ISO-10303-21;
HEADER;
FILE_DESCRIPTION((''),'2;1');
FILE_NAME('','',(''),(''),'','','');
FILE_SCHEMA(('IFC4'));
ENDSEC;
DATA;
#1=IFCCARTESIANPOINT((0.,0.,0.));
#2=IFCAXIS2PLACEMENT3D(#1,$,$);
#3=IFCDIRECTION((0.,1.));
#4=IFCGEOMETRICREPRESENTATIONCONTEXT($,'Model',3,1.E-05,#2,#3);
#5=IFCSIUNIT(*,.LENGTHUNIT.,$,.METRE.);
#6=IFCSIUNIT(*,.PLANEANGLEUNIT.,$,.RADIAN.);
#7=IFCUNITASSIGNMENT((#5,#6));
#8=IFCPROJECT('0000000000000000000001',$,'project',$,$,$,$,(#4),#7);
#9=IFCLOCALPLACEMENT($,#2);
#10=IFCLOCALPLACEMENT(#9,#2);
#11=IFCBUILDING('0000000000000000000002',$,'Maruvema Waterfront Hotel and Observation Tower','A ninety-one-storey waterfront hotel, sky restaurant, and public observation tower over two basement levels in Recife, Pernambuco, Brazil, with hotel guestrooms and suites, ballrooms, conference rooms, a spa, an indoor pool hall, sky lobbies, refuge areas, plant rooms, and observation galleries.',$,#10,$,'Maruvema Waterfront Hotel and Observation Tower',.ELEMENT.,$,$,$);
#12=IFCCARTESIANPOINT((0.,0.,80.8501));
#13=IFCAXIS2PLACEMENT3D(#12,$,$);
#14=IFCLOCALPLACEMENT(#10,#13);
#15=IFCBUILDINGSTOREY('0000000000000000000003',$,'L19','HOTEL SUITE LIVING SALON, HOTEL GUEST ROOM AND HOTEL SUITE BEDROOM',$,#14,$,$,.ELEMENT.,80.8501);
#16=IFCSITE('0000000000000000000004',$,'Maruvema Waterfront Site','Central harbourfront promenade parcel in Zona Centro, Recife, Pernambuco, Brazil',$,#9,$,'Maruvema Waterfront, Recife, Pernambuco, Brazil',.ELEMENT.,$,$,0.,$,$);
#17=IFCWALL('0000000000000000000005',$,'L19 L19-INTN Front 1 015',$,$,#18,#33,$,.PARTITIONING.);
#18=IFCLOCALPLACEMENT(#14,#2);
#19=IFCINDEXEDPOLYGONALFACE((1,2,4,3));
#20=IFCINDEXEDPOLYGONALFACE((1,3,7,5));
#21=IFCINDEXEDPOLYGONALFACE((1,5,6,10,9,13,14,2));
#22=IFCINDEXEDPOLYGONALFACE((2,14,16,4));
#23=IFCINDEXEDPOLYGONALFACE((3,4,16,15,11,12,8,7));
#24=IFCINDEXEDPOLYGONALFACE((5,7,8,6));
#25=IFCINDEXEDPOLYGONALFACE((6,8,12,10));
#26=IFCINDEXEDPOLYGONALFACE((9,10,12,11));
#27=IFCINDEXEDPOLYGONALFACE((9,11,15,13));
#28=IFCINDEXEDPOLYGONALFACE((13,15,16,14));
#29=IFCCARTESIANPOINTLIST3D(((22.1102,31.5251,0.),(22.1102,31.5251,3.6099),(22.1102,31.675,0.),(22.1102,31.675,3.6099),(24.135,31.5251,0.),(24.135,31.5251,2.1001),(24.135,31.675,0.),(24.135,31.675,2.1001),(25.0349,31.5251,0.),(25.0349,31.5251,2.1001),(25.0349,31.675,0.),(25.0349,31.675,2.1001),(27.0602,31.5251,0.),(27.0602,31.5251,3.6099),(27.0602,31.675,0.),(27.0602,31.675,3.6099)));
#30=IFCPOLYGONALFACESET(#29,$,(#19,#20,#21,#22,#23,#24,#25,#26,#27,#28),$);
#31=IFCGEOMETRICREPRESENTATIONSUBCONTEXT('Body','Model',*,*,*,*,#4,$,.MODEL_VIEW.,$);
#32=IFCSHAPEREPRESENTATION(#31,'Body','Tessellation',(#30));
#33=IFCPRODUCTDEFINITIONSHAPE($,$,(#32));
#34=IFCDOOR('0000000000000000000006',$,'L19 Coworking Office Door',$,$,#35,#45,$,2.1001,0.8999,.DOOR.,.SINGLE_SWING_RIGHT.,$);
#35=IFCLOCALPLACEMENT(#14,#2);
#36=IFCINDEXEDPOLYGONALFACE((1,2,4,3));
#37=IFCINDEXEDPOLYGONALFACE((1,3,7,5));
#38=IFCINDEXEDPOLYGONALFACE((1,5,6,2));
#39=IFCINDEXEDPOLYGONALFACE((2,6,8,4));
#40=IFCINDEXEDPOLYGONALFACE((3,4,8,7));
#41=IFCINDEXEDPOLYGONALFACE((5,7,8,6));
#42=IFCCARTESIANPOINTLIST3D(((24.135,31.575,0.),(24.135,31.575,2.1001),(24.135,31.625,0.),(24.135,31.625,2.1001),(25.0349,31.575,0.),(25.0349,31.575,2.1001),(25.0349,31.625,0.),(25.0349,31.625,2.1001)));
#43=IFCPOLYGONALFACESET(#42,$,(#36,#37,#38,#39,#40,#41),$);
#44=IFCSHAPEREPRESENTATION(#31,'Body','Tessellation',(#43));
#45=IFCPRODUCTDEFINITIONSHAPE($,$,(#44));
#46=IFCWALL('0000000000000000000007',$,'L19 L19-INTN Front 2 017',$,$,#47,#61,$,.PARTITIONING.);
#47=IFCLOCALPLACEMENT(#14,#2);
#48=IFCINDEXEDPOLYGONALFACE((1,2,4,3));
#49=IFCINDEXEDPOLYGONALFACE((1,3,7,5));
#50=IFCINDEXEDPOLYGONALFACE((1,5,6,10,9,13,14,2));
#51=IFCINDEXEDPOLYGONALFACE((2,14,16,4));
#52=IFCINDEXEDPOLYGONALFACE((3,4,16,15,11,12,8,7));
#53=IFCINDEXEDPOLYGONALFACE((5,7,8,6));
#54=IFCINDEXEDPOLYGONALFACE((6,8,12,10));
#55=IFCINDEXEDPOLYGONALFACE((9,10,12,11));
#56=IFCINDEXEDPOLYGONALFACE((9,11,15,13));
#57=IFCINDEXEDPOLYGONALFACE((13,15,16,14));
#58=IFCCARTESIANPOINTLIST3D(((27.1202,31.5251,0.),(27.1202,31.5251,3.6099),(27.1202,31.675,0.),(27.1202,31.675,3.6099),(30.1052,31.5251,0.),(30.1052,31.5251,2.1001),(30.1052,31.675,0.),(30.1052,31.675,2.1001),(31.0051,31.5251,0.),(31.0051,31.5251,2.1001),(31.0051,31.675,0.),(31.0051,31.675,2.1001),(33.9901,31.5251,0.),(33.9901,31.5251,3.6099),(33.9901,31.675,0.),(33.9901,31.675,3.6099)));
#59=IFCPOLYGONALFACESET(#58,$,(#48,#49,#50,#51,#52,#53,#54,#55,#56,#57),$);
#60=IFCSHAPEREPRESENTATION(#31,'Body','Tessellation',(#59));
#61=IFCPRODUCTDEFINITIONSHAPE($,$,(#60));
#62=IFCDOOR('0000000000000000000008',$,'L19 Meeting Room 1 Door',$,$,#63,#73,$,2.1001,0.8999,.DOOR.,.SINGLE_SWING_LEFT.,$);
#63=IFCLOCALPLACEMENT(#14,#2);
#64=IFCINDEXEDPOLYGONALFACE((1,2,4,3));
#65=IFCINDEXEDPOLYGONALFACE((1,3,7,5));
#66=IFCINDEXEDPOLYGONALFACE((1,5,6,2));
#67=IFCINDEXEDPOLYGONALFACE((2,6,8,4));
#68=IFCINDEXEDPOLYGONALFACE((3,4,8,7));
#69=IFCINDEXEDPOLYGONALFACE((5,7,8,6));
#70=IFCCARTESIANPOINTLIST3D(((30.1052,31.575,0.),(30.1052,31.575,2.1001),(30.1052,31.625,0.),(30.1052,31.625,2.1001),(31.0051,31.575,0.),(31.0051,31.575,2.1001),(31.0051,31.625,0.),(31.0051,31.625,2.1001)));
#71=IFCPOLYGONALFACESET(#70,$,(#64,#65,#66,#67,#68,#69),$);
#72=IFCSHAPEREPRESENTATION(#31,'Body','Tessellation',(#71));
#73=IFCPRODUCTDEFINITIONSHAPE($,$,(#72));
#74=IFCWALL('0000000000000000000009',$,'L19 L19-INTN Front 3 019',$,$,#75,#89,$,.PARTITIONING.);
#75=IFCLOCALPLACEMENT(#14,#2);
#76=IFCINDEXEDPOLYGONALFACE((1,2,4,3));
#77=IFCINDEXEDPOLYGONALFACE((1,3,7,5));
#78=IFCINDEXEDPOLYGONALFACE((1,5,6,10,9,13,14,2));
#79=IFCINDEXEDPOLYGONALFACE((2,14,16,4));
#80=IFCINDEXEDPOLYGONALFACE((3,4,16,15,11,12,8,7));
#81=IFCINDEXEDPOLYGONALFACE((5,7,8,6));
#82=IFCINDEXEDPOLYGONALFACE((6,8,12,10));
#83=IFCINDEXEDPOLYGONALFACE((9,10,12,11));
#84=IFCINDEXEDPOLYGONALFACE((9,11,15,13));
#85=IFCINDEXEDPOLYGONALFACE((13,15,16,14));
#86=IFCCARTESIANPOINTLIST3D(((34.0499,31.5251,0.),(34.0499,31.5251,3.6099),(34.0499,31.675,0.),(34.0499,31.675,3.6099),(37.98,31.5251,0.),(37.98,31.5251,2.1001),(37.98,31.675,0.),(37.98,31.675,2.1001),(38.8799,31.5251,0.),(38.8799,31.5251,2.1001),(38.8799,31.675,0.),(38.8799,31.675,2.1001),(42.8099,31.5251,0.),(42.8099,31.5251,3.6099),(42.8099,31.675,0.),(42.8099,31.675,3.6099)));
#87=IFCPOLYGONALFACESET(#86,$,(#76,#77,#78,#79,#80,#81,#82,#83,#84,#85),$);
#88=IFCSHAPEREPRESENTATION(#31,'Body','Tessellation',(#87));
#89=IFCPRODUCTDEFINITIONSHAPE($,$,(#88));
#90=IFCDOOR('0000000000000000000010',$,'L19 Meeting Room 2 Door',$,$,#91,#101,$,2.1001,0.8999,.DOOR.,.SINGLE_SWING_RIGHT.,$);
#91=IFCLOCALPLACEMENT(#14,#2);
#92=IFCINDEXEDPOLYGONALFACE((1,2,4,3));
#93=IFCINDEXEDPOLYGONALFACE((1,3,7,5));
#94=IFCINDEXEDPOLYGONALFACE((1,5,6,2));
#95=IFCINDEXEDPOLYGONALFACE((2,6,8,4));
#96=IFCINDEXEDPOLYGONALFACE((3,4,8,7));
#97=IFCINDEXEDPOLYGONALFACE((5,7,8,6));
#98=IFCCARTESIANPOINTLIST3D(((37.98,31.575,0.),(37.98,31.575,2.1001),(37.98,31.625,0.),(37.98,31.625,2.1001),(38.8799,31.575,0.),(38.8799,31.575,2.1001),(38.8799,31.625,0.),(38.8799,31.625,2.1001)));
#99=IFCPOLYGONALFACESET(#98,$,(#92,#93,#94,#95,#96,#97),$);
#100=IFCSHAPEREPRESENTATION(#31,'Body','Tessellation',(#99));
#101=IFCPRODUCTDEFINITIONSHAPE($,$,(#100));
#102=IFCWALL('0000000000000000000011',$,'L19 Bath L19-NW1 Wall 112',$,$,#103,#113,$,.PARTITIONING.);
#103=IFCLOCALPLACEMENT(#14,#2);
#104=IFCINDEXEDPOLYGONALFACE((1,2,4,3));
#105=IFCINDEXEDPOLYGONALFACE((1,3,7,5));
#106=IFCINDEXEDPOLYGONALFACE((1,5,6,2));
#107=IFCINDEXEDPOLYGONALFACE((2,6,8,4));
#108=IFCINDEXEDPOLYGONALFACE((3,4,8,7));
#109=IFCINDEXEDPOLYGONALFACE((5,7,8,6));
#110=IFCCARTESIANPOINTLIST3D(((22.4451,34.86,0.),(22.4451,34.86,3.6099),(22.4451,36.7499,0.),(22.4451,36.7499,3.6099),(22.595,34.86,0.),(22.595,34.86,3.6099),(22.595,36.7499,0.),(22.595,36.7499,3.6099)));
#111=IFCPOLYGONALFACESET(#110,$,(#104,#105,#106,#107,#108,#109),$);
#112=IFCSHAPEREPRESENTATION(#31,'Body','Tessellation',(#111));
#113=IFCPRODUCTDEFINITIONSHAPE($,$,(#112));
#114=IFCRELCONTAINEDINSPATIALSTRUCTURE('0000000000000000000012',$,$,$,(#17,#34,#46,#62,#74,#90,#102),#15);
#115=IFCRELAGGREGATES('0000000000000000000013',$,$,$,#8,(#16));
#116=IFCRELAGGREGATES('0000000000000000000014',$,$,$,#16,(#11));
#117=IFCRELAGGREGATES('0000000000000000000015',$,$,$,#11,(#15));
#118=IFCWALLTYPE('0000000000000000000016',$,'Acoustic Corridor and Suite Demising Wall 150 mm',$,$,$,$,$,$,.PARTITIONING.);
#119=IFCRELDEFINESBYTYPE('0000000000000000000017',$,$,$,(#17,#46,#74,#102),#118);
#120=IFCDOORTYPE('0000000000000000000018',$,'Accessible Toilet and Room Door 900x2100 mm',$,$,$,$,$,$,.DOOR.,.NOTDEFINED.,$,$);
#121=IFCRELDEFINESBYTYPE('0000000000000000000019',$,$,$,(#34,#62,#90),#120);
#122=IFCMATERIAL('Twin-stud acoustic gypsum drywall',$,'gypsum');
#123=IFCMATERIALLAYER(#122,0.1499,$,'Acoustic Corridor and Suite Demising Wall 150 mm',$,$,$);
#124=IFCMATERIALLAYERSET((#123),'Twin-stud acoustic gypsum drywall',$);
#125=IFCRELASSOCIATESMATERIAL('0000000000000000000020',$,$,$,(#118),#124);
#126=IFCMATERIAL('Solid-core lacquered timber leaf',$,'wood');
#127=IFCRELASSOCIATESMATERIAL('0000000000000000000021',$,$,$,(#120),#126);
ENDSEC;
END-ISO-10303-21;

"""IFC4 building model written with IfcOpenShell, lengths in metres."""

from ifc_helpers import new_model, si_unit, direction, frame, frame_2d, origin, place, context, subcontext, project, spatial, rectangle, extrude, material, layer, layer_set, type_object, element, fill, save


model = new_model("IFC4")

# Units and contexts
model_context = context("Model", 3, precision=1e-05, world=origin(), true_north=direction((0.0, 1.0)))
body_context = subcontext(model_context, "Body", "Model", "MODEL_VIEW")
ifc_project = project(units=[si_unit("LENGTHUNIT", "METRE"), si_unit("PLANEANGLEUNIT", "RADIAN")], contexts=[model_context])

# Site, building, storey
site_placement = place(None, origin())
site = spatial("IfcSite", under=ifc_project, at=site_placement, Name="Maruvema Waterfront Site", Description="Central harbourfront promenade parcel in Zona Centro, Recife, Pernambuco, Brazil", LongName="Maruvema Waterfront, Recife, Pernambuco, Brazil", CompositionType="ELEMENT", RefElevation=0.0)
building_placement = place(site_placement, origin())
building = spatial("IfcBuilding", under=site, at=building_placement, Name="Maruvema Waterfront Hotel and Observation Tower", Description="A ninety-one-storey waterfront hotel, sky restaurant, and public observation tower over two basement levels in Recife, Pernambuco, Brazil, with hotel guestrooms and suites, ballrooms, conference rooms, a spa, an indoor pool hall, sky lobbies, refuge areas, plant rooms, and observation galleries.", LongName="Maruvema Waterfront Hotel and Observation Tower", CompositionType="ELEMENT")
storey_placement = place(building_placement, frame((0.0, 0.0, 80.8501)))
storey = spatial("IfcBuildingStorey", under=building, at=storey_placement, Name="L19", Description="HOTEL SUITE LIVING SALON, HOTEL GUEST ROOM AND HOTEL SUITE BEDROOM", CompositionType="ELEMENT", Elevation=80.8501)

# Walls, openings, doors
ifc_material_1 = material(Name="Twin-stud acoustic gypsum drywall", Category="gypsum")
ifc_layer = layer(ifc_material_1, 0.1499, Name="Acoustic Corridor and Suite Demising Wall 150 mm")
ifc_layer_set = layer_set([ifc_layer], Name="Twin-stud acoustic gypsum drywall")
wall_type = type_object("IfcWallType", Name="Acoustic Corridor and Suite Demising Wall 150 mm", PredefinedType="PARTITIONING", material=ifc_layer_set)
wall_1_placement = place(storey_placement, frame((22.1101, 31.6001, 0.0), z_axis=(0.0, 0.0, 1.0), x_axis=(1.0, 0.0, 0.0)))
wall_1 = element("IfcWall", 1, at=wall_1_placement, inside=storey, type_object=wall_type, Name="L19 L19-INTN Front 1 015", PredefinedType="PARTITIONING", context=body_context, shape_type="SweptSolid", body=[
    extrude(rectangle(XDim=4.95, YDim=0.1499, at=frame_2d((2.4751, 0.0))), origin(), (0.0, 0.0, 1.0), 3.6099),
])
opening_1_placement = place(wall_1_placement, frame((2.0249, 0.0, 0.0)))
opening_1 = element("IfcOpeningElement", 2, at=opening_1_placement, cuts=wall_1, PredefinedType="OPENING", context=body_context, shape_type="SweptSolid", body=[
    extrude(rectangle(XDim=0.8999, YDim=2.1001, at=frame_2d((0.45, 1.05))), frame((0.0, 0.085, 0.0), z_axis=(0.0, -1.0, 0.0), x_axis=(1.0, 0.0, 0.0)), (0.0, 0.0, 1.0), 0.1699),
])
ifc_material_2 = material(Name="Solid-core lacquered timber leaf", Category="wood")
door_type_1 = type_object("IfcDoorType", Name="Accessible Toilet and Room Door 900x2100 mm", OperationType="NOTDEFINED", PredefinedType="DOOR", material=ifc_material_2)
door_1_placement = place(opening_1_placement, origin())
door_1 = element("IfcDoor", 3, at=door_1_placement, inside=storey, type_object=door_type_1, Name="L19 Coworking Office Door", OperationType="SINGLE_SWING_RIGHT", OverallHeight=2.1001, OverallWidth=0.8999, PredefinedType="DOOR", context=body_context, shape_type="SweptSolid", body=[
    extrude(rectangle(XDim=0.8999, YDim=2.1001, at=frame_2d((0.45, 1.05))), frame((0.0, 0.0249, 0.0), z_axis=(0.0, -1.0, 0.0), x_axis=(1.0, 0.0, 0.0)), (0.0, 0.0, 1.0), 0.05),
])
fill(opening_1, door_1)
wall_2_placement = place(storey_placement, frame((27.1201, 31.6001, 0.0), z_axis=(0.0, 0.0, 1.0), x_axis=(1.0, 0.0, 0.0)))
wall_2 = element("IfcWall", 4, at=wall_2_placement, inside=storey, type_object=wall_type, Name="L19 L19-INTN Front 2 017", PredefinedType="PARTITIONING", context=body_context, shape_type="SweptSolid", body=[
    extrude(rectangle(XDim=6.8699, YDim=0.1499, at=frame_2d((3.4351, 0.0))), origin(), (0.0, 0.0, 1.0), 3.6099),
])
opening_2_placement = place(wall_2_placement, frame((2.9851, 0.0, 0.0)))
opening_2 = element("IfcOpeningElement", 5, at=opening_2_placement, cuts=wall_2, PredefinedType="OPENING", context=body_context, shape_type="SweptSolid", body=[
    extrude(rectangle(XDim=0.8999, YDim=2.1001, at=frame_2d((0.45, 1.05))), frame((0.0, 0.085, 0.0), z_axis=(0.0, -1.0, 0.0), x_axis=(1.0, 0.0, 0.0)), (0.0, 0.0, 1.0), 0.1699),
])
door_2_placement = place(opening_2_placement, origin())
door_2 = element("IfcDoor", 6, at=door_2_placement, inside=storey, type_object=door_type_1, Name="L19 Meeting Room 1 Door", OperationType="SINGLE_SWING_LEFT", OverallHeight=2.1001, OverallWidth=0.8999, PredefinedType="DOOR", context=body_context, shape_type="SweptSolid", body=[
    extrude(rectangle(XDim=0.8999, YDim=2.1001, at=frame_2d((0.45, 1.05))), frame((0.0, 0.0249, 0.0), z_axis=(0.0, -1.0, 0.0), x_axis=(1.0, 0.0, 0.0)), (0.0, 0.0, 1.0), 0.05),
])
fill(opening_2, door_2)
wall_3_placement = place(storey_placement, frame((34.05, 31.6001, 0.0), z_axis=(0.0, 0.0, 1.0), x_axis=(1.0, 0.0, 0.0)))
wall_3 = element("IfcWall", 7, at=wall_3_placement, inside=storey, type_object=wall_type, Name="L19 L19-INTN Front 3 019", PredefinedType="PARTITIONING", context=body_context, shape_type="SweptSolid", body=[
    extrude(rectangle(XDim=8.76, YDim=0.1499, at=frame_2d((4.3799, 0.0))), origin(), (0.0, 0.0, 1.0), 3.6099),
])
opening_3_placement = place(wall_3_placement, frame((3.9299, 0.0, 0.0)))
opening_3 = element("IfcOpeningElement", 8, at=opening_3_placement, cuts=wall_3, PredefinedType="OPENING", context=body_context, shape_type="SweptSolid", body=[
    extrude(rectangle(XDim=0.8999, YDim=2.1001, at=frame_2d((0.45, 1.05))), frame((0.0, 0.085, 0.0), z_axis=(0.0, -1.0, 0.0), x_axis=(1.0, 0.0, 0.0)), (0.0, 0.0, 1.0), 0.1699),
])
door_3_placement = place(opening_3_placement, origin())
door_3 = element("IfcDoor", 9, at=door_3_placement, inside=storey, type_object=door_type_1, Name="L19 Meeting Room 2 Door", OperationType="SINGLE_SWING_RIGHT", OverallHeight=2.1001, OverallWidth=0.8999, PredefinedType="DOOR", context=body_context, shape_type="SweptSolid", body=[
    extrude(rectangle(XDim=0.8999, YDim=2.1001, at=frame_2d((0.45, 1.05))), frame((0.0, 0.0249, 0.0), z_axis=(0.0, -1.0, 0.0), x_axis=(1.0, 0.0, 0.0)), (0.0, 0.0, 1.0), 0.05),
])
fill(opening_3, door_3)

# Wall
wall_4_placement = place(storey_placement, frame((22.52, 34.8601, 0.0), z_axis=(0.0, 0.0, 1.0), x_axis=(0.0, 1.0, 0.0)))
element("IfcWall", 10, at=wall_4_placement, inside=storey, type_object=wall_type, Name="L19 Bath L19-NW1 Wall 112", PredefinedType="PARTITIONING", context=body_context, shape_type="SweptSolid", body=[
    extrude(rectangle(XDim=1.8899, YDim=0.1499, at=frame_2d((0.9448, 0.0))), origin(), (0.0, 0.0, 1.0), 3.6099),
])

save(model, "model.ifc")
